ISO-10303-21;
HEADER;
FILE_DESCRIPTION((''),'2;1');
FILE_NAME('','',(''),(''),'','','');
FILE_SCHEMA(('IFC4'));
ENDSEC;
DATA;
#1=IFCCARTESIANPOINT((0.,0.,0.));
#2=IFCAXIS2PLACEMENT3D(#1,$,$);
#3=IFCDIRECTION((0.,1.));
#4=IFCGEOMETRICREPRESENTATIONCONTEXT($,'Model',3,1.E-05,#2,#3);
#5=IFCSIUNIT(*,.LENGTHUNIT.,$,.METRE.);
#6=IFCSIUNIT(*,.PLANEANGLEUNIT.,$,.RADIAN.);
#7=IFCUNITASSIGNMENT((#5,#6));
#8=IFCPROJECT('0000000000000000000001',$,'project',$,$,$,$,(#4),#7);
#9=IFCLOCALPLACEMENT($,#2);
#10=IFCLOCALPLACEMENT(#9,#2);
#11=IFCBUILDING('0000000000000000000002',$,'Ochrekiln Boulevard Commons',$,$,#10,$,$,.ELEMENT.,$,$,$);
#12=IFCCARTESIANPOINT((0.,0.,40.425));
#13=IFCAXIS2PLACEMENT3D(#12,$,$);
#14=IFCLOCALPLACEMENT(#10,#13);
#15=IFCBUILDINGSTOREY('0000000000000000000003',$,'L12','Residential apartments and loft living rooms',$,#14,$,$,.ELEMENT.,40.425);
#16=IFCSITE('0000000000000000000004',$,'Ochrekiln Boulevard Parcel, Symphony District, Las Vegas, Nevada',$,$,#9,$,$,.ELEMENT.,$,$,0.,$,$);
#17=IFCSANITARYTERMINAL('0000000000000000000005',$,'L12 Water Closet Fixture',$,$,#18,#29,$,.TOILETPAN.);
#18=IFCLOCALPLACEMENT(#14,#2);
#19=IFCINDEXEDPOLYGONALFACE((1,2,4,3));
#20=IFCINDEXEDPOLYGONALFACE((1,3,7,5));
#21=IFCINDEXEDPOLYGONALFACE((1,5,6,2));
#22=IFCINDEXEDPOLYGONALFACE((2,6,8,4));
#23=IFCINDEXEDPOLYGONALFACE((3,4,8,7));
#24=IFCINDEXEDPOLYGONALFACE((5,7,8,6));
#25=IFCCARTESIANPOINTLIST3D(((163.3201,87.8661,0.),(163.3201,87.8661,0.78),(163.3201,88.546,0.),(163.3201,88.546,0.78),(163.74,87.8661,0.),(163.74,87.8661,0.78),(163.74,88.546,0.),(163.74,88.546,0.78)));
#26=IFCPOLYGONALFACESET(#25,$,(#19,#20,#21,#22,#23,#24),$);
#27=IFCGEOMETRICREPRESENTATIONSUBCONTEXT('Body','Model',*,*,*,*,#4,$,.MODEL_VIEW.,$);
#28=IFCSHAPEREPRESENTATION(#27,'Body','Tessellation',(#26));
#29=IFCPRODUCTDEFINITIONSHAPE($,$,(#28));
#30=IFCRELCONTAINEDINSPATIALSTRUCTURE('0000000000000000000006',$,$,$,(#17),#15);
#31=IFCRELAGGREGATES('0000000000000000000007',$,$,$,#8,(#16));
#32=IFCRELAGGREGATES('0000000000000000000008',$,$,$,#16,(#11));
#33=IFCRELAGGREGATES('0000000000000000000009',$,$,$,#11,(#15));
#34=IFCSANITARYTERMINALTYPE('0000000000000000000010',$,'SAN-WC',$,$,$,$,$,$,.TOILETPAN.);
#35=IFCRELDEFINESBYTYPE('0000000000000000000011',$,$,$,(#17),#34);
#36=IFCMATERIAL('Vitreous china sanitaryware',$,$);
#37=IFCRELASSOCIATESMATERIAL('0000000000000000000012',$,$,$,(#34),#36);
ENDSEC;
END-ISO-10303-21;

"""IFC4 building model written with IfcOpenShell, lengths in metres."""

from ifc_helpers import new_model, si_unit, direction, frame, origin, origin_2d, place, context, subcontext, project, spatial, rectangle, extrude, material, type_object, element, save


model = new_model("IFC4")

# Units and contexts
model_context = context("Model", 3, precision=1e-05, world=origin(), true_north=direction((0.0, 1.0)))
body_context = subcontext(model_context, "Body", "Model", "MODEL_VIEW")
ifc_project = project(units=[si_unit("LENGTHUNIT", "METRE"), si_unit("PLANEANGLEUNIT", "RADIAN")], contexts=[model_context])

# Site, building, storey
site_placement = place(None, origin())
site = spatial("IfcSite", under=ifc_project, at=site_placement, Name="Ochrekiln Boulevard Parcel, Symphony District, Las Vegas, Nevada", CompositionType="ELEMENT", RefElevation=0.0)
building_placement = place(site_placement, origin())
building = spatial("IfcBuilding", under=site, at=building_placement, Name="Ochrekiln Boulevard Commons", CompositionType="ELEMENT")
storey_placement = place(building_placement, frame((0.0, 0.0, 40.425)))
storey = spatial("IfcBuildingStorey", under=building, at=storey_placement, Name="L12", Description="Residential apartments and loft living rooms", CompositionType="ELEMENT", Elevation=40.425)

# Sanitary terminal
ifc_material_1 = material(Name="Vitreous china sanitaryware")
sanitary_terminal_type_1 = type_object("IfcSanitaryTerminalType", Name="SAN-WC", PredefinedType="TOILETPAN", material=ifc_material_1)
sanitary_terminal_1_placement = place(storey_placement, frame((163.53, 88.2061, 0.0), z_axis=(0.0, 0.0, 1.0), x_axis=(1.0, 0.0, 0.0)))
element("IfcSanitaryTerminal", 1, at=sanitary_terminal_1_placement, inside=storey, type_object=sanitary_terminal_type_1, Name="L12 Water Closet Fixture", PredefinedType="TOILETPAN", context=body_context, shape_type="SweptSolid", body=[
    extrude(rectangle(XDim=0.4199, YDim=0.6799, at=origin_2d()), origin(), (0.0, 0.0, 1.0), 0.78),
])

save(model, "model.ifc")
